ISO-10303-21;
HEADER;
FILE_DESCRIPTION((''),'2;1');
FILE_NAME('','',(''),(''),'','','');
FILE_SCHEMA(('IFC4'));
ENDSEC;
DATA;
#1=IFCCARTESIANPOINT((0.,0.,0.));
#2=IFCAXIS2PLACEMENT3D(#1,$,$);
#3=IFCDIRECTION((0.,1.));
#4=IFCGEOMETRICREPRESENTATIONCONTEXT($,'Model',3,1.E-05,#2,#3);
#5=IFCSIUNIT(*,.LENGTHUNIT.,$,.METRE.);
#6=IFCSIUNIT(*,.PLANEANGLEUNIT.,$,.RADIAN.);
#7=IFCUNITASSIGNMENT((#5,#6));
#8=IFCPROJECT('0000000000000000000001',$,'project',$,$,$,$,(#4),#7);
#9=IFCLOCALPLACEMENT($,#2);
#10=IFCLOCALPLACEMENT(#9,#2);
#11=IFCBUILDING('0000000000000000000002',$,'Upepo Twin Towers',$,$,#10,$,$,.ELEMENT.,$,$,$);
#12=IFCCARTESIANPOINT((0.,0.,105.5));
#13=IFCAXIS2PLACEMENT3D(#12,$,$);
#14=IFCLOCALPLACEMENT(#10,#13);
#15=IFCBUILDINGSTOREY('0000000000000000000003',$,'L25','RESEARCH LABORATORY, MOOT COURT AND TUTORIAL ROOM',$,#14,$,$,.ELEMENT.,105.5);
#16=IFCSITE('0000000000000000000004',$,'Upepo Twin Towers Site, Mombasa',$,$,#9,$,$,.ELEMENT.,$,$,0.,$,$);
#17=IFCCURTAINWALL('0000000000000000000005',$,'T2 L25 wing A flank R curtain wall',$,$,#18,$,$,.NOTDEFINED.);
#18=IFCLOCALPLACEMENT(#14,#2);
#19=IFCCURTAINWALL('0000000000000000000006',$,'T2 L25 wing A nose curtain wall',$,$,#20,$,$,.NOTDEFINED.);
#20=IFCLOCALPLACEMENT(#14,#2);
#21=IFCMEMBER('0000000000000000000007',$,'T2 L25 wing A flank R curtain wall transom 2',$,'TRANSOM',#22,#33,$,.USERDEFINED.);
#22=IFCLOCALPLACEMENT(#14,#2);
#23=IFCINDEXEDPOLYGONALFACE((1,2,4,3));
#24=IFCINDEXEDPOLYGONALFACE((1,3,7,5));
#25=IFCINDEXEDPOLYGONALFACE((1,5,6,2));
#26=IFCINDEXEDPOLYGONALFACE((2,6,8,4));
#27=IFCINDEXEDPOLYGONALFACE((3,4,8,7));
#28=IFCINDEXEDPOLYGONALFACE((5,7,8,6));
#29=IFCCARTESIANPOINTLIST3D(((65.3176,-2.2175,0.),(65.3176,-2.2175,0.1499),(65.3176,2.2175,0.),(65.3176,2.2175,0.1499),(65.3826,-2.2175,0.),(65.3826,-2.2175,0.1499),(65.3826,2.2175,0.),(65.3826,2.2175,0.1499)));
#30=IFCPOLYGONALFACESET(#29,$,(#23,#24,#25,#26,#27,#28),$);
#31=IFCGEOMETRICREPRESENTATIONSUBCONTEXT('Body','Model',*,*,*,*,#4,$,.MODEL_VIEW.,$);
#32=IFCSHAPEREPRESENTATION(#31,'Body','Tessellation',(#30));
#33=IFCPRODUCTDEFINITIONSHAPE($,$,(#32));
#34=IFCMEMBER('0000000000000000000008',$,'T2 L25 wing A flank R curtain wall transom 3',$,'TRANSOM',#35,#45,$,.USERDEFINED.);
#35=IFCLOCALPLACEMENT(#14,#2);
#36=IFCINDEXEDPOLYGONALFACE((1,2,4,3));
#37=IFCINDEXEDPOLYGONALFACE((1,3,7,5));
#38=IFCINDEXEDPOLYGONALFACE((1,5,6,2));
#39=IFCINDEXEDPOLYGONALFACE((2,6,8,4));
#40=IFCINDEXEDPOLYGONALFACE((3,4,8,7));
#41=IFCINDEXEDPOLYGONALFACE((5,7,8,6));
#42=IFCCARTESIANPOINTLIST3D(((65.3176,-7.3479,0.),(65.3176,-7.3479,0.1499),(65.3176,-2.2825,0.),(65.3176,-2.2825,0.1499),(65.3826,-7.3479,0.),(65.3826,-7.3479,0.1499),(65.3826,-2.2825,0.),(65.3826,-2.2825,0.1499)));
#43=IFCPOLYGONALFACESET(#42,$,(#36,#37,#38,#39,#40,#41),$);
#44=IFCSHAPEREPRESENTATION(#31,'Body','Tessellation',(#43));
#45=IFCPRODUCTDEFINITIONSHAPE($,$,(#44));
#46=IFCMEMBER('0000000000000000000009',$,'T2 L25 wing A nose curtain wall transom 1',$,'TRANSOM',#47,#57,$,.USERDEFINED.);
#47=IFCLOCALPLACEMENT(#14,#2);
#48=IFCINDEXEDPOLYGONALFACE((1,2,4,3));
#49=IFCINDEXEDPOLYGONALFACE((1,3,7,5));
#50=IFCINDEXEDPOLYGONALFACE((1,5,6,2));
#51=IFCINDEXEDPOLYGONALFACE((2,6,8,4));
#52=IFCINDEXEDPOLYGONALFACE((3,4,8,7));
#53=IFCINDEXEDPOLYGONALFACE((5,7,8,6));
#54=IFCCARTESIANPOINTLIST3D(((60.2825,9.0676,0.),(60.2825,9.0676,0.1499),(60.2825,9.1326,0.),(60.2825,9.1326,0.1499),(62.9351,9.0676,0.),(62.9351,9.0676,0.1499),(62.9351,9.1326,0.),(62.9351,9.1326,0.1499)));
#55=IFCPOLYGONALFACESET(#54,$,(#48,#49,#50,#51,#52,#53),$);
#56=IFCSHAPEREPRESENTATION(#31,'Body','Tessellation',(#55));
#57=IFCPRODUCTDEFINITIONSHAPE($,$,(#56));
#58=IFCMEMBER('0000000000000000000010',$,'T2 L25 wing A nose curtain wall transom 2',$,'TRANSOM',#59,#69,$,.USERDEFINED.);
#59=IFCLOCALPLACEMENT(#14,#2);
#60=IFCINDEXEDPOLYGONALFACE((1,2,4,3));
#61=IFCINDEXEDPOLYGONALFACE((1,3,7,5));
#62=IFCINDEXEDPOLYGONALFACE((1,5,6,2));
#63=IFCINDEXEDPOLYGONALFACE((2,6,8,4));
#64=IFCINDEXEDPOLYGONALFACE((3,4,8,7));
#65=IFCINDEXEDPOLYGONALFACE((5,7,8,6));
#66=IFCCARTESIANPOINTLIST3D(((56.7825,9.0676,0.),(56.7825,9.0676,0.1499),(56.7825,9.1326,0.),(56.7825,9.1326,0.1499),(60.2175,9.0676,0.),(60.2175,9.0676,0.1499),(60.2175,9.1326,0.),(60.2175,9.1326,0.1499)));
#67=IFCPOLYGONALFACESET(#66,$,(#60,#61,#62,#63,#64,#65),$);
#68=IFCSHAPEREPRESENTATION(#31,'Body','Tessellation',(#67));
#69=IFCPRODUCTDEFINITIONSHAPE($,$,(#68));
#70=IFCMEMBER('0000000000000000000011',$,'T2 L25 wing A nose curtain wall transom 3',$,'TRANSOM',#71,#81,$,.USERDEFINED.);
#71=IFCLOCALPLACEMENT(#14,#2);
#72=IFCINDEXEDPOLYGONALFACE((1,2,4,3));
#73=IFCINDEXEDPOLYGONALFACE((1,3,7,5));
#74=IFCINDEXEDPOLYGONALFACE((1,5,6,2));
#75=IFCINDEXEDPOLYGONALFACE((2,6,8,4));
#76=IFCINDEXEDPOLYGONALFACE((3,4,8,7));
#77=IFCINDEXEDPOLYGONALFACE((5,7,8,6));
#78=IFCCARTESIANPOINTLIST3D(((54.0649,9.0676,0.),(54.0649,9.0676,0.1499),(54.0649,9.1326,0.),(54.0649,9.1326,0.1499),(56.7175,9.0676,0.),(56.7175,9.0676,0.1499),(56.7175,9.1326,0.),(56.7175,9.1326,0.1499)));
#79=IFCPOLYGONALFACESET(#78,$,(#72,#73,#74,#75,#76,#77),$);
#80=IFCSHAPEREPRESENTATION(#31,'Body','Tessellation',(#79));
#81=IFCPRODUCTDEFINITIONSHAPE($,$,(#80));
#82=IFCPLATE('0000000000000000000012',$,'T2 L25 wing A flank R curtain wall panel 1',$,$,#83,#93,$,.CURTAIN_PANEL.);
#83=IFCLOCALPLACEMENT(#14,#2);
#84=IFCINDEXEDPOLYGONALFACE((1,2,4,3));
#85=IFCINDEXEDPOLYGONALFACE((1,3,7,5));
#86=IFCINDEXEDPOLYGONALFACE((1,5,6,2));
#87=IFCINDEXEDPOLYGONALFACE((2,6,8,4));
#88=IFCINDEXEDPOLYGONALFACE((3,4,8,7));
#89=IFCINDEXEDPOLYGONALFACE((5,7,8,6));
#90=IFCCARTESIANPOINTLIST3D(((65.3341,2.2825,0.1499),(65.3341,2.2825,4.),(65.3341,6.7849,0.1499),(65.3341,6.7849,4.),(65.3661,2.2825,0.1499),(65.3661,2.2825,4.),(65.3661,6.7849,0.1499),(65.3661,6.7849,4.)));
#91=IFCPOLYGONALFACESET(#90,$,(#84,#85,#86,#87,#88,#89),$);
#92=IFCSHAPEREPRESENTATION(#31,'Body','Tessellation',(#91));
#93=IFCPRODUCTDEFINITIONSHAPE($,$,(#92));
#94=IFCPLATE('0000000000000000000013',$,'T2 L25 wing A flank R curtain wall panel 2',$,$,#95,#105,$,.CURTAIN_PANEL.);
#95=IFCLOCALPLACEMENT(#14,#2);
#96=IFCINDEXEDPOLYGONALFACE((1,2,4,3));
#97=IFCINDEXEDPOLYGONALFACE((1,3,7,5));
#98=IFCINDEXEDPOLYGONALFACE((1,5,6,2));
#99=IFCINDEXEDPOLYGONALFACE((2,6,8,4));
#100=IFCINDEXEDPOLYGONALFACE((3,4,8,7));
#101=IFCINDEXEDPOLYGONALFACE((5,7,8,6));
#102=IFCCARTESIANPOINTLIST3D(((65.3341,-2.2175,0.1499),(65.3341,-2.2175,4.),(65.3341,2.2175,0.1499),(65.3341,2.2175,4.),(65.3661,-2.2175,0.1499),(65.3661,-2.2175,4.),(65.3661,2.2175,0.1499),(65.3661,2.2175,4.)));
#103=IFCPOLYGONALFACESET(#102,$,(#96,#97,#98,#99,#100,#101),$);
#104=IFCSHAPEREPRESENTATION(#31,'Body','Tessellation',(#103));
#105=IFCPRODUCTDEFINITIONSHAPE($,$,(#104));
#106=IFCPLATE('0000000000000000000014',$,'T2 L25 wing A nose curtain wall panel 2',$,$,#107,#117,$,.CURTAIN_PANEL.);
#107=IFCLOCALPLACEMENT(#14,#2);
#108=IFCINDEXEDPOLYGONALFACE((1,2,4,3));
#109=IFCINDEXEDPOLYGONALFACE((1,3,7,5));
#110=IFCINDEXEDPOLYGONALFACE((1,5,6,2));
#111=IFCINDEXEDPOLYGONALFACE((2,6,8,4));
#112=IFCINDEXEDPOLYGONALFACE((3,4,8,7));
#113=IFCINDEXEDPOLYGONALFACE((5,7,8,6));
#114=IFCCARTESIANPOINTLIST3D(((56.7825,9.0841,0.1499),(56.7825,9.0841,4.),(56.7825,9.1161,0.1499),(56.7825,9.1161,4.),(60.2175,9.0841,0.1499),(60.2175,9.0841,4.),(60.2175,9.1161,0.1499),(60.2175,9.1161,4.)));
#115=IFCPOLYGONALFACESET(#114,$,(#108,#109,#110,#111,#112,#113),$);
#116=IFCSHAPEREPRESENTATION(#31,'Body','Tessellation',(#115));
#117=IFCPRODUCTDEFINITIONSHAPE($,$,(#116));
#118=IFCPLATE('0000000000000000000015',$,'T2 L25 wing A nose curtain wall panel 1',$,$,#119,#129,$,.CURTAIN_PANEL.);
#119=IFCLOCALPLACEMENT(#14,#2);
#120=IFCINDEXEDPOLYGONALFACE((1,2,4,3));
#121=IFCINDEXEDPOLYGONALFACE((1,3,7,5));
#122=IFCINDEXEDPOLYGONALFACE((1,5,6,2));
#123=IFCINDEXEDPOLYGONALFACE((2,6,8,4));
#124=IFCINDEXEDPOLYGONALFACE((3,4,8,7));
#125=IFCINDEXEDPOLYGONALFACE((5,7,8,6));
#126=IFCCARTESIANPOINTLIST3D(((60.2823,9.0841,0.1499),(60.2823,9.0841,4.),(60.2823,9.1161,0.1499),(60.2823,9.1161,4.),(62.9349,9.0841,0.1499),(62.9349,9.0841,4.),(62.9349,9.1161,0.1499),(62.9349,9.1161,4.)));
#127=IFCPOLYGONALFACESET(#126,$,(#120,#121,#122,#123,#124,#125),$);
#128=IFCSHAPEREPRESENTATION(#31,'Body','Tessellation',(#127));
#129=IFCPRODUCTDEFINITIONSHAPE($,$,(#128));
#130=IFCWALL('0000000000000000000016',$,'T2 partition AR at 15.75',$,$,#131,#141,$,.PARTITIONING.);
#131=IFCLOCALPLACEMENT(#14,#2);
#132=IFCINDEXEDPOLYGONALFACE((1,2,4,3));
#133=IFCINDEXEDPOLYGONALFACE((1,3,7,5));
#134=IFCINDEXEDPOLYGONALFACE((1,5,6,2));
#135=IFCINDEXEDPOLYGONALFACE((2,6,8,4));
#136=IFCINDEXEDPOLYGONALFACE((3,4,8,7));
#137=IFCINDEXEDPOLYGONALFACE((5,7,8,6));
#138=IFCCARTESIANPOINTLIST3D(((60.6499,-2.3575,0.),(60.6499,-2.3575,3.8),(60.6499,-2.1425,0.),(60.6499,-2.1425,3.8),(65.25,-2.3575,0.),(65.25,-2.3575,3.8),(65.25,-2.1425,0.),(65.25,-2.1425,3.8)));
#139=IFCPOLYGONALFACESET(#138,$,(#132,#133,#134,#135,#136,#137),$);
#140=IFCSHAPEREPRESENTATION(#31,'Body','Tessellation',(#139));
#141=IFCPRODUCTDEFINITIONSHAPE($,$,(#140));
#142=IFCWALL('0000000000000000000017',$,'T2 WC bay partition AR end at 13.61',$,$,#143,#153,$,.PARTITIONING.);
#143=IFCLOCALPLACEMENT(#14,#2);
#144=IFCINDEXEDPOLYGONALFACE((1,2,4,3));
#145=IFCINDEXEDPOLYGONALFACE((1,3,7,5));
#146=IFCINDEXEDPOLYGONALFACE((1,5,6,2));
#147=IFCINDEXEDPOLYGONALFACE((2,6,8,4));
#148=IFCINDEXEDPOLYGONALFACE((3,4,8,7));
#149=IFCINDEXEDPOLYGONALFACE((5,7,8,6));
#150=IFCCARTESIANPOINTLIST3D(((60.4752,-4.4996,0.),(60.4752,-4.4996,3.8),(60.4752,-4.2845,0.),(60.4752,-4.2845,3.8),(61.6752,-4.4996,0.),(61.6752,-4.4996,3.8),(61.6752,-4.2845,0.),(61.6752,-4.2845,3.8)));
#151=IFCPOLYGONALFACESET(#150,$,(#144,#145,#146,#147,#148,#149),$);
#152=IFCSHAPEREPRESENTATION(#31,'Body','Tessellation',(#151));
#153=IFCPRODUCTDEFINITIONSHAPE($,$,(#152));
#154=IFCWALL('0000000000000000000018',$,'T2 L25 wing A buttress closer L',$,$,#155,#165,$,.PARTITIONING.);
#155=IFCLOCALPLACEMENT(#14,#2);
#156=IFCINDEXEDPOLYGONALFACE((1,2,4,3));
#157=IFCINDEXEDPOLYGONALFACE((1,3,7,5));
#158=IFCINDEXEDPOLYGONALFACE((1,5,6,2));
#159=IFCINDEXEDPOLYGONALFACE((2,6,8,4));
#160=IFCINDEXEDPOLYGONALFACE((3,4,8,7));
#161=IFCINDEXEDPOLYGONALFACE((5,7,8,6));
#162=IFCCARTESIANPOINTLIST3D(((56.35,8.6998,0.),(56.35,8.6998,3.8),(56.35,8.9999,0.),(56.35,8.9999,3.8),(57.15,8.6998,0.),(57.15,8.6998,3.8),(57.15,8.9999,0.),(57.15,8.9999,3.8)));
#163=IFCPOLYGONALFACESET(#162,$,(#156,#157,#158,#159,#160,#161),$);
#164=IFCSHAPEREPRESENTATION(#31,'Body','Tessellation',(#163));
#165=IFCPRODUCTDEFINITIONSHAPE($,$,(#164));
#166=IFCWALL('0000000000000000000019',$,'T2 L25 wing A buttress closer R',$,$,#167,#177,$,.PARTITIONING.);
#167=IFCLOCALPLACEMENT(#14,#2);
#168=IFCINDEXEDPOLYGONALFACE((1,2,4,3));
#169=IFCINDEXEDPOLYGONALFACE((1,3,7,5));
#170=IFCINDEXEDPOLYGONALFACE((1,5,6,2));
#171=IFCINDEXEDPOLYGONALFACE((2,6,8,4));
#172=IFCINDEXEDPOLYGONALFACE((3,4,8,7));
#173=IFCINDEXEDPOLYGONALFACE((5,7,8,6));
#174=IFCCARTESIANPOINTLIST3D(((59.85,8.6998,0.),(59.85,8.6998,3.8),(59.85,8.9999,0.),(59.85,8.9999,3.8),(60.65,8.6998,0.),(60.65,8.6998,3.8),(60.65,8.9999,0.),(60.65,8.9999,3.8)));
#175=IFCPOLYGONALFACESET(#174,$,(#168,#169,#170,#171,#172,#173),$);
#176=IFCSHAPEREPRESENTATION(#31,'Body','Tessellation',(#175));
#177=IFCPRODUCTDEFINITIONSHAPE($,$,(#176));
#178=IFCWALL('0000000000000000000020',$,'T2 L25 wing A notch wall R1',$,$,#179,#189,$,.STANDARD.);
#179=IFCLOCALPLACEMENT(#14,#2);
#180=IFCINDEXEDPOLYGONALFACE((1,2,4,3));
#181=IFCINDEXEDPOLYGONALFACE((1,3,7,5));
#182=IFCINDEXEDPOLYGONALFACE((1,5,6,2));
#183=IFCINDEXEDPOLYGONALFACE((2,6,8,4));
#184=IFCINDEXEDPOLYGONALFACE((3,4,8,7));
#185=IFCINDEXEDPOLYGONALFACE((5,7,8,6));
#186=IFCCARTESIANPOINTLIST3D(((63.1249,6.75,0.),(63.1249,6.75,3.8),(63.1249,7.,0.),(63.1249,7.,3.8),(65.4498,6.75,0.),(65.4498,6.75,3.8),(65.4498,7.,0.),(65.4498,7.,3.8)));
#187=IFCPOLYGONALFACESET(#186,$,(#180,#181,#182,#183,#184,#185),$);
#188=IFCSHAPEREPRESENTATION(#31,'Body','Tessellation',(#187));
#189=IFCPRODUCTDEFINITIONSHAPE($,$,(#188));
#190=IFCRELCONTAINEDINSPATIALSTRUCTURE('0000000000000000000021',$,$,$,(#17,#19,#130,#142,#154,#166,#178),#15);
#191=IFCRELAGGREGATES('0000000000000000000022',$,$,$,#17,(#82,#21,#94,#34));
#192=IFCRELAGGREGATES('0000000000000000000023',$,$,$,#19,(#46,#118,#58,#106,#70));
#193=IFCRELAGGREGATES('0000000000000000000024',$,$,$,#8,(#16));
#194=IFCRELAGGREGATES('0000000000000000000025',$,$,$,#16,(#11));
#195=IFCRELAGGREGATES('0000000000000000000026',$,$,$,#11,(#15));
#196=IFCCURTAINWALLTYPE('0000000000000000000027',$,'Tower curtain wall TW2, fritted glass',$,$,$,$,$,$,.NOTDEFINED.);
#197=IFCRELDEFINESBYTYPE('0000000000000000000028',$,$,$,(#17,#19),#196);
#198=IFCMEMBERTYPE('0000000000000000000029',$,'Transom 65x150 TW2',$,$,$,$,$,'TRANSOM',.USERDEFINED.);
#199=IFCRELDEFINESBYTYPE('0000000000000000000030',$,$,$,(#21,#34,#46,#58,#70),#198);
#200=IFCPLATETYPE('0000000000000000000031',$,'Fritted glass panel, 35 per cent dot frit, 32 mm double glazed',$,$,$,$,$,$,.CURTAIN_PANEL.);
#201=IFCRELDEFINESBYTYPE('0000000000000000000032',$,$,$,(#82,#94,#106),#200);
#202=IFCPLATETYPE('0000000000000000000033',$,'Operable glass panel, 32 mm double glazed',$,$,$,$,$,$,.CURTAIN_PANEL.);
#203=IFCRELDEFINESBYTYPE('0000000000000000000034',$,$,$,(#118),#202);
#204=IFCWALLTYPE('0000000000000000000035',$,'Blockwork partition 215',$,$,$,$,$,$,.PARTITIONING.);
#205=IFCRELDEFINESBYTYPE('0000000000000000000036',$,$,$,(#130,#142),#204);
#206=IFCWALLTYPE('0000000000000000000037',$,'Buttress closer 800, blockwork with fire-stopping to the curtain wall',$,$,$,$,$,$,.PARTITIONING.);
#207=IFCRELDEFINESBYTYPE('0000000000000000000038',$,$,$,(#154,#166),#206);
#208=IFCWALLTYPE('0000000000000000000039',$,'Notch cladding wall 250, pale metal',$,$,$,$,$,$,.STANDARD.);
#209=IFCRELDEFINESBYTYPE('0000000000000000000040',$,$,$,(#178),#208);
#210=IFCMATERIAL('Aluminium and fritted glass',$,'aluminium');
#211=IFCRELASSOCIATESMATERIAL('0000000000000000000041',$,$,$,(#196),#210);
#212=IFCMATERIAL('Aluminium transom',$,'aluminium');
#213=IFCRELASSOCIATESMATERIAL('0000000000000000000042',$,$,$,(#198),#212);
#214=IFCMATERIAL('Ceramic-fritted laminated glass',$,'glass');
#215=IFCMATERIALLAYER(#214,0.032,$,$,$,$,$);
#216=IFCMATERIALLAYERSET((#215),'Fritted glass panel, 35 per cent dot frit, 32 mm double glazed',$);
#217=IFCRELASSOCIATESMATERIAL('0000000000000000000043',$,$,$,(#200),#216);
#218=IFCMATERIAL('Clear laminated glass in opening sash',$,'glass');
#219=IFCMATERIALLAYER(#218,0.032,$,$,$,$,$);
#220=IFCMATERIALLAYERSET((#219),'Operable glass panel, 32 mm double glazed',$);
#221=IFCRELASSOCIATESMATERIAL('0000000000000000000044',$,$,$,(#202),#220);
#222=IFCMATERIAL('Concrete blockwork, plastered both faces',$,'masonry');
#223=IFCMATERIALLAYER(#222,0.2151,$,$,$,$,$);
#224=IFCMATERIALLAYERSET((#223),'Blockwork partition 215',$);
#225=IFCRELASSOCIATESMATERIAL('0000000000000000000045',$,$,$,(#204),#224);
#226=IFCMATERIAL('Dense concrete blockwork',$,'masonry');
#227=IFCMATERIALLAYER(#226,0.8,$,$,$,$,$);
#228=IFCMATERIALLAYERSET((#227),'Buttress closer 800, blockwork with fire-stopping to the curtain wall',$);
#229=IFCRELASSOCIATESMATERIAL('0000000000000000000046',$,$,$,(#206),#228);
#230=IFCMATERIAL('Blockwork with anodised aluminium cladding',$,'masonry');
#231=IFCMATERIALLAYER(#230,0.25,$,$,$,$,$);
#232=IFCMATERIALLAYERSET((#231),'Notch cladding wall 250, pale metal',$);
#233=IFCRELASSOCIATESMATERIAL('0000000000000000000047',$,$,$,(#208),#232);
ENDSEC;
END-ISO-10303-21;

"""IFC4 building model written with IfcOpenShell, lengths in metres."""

from ifc_helpers import new_model, si_unit, direction, frame, frame_2d, origin, origin_2d, place, context, subcontext, project, spatial, rectangle, extrude, material, layer, layer_set, material_profile, profile_set, type_object, element, aggregate, save


model = new_model("IFC4")

# Units and contexts
model_context = context("Model", 3, precision=1e-05, world=origin(), true_north=direction((0.0, 1.0)))
body_context = subcontext(model_context, "Body", "Model", "MODEL_VIEW")
ifc_project = project(units=[si_unit("LENGTHUNIT", "METRE"), si_unit("PLANEANGLEUNIT", "RADIAN")], contexts=[model_context])

# Site, building, storey
site_placement = place(None, origin())
site = spatial("IfcSite", under=ifc_project, at=site_placement, Name="Upepo Twin Towers Site, Mombasa", CompositionType="ELEMENT", RefElevation=0.0)
building_placement = place(site_placement, origin())
building = spatial("IfcBuilding", under=site, at=building_placement, Name="Upepo Twin Towers", CompositionType="ELEMENT")
storey_placement = place(building_placement, frame((0.0, 0.0, 105.5)))
storey = spatial("IfcBuildingStorey", under=building, at=storey_placement, Name="L25", Description="RESEARCH LABORATORY, MOOT COURT AND TUTORIAL ROOM", CompositionType="ELEMENT", Elevation=105.5)

# Curtain walls
ifc_material_1 = material(Name="Aluminium and fritted glass", Category="aluminium")
curtain_wall_type = type_object("IfcCurtainWallType", Name="Tower curtain wall TW2, fritted glass", PredefinedType="NOTDEFINED", material=ifc_material_1)
curtain_wall_1_placement = place(storey_placement, origin())
curtain_wall_1 = element("IfcCurtainWall", 1, at=curtain_wall_1_placement, inside=storey, type_object=curtain_wall_type, Name="T2 L25 wing A flank R curtain wall", PredefinedType="NOTDEFINED")
curtain_wall_2_placement = place(storey_placement, origin())
curtain_wall_2 = element("IfcCurtainWall", 2, at=curtain_wall_2_placement, inside=storey, type_object=curtain_wall_type, Name="T2 L25 wing A nose curtain wall", PredefinedType="NOTDEFINED")

# Members
ifc_material_2 = material(Name="Aluminium transom", Category="aluminium")
ifc_material_profile_1 = material_profile(ifc_material_2, rectangle(XDim=0.0649, YDim=0.1499, at=origin_2d()), Name="TRANSOM 65x150")
ifc_profile_set_1 = profile_set([ifc_material_profile_1], Name="Aluminium transom")
member_type_1 = type_object("IfcMemberType", Name="Transom 65x150 TW2", ElementType="TRANSOM", PredefinedType="USERDEFINED", material=ifc_profile_set_1)
member_1_placement = place(storey_placement, frame((65.3501, 2.2175, 0.075), z_axis=(0.0, -1.0, 0.0), x_axis=(1.0, 0.0, 0.0)))
member_1 = element("IfcMember", 3, at=member_1_placement, type_object=member_type_1, Name="T2 L25 wing A flank R curtain wall transom 2", ObjectType="TRANSOM", PredefinedType="USERDEFINED", context=body_context, shape_type="SweptSolid", body=[
    extrude(rectangle(XDim=0.0649, YDim=0.1499, at=origin_2d()), origin(), (0.0, 0.0, 1.0), 4.4351),
])
member_2_placement = place(storey_placement, frame((65.3501, -2.2825, 0.075), z_axis=(0.0, -1.0, 0.0), x_axis=(1.0, 0.0, 0.0)))
member_2 = element("IfcMember", 4, at=member_2_placement, type_object=member_type_1, Name="T2 L25 wing A flank R curtain wall transom 3", ObjectType="TRANSOM", PredefinedType="USERDEFINED", context=body_context, shape_type="SweptSolid", body=[
    extrude(rectangle(XDim=0.0649, YDim=0.1499, at=origin_2d()), origin(), (0.0, 0.0, 1.0), 5.0654),
])
member_3_placement = place(storey_placement, frame((62.9351, 9.1001, 0.075), z_axis=(-1.0, 0.0, 0.0), x_axis=(0.0, -1.0, 0.0)))
member_3 = element("IfcMember", 5, at=member_3_placement, type_object=member_type_1, Name="T2 L25 wing A nose curtain wall transom 1", ObjectType="TRANSOM", PredefinedType="USERDEFINED", context=body_context, shape_type="SweptSolid", body=[
    extrude(rectangle(XDim=0.0649, YDim=0.1499, at=origin_2d()), origin(), (0.0, 0.0, 1.0), 2.6526),
])
member_4_placement = place(storey_placement, frame((60.2175, 9.1001, 0.075), z_axis=(-1.0, 0.0, 0.0), x_axis=(0.0, -1.0, 0.0)))
member_4 = element("IfcMember", 6, at=member_4_placement, type_object=member_type_1, Name="T2 L25 wing A nose curtain wall transom 2", ObjectType="TRANSOM", PredefinedType="USERDEFINED", context=body_context, shape_type="SweptSolid", body=[
    extrude(rectangle(XDim=0.0649, YDim=0.1499, at=origin_2d()), origin(), (0.0, 0.0, 1.0), 3.4351),
])
member_5_placement = place(storey_placement, frame((56.7175, 9.1001, 0.075), z_axis=(-1.0, 0.0, 0.0), x_axis=(0.0, -1.0, 0.0)))
member_5 = element("IfcMember", 7, at=member_5_placement, type_object=member_type_1, Name="T2 L25 wing A nose curtain wall transom 3", ObjectType="TRANSOM", PredefinedType="USERDEFINED", context=body_context, shape_type="SweptSolid", body=[
    extrude(rectangle(XDim=0.0649, YDim=0.1499, at=origin_2d()), origin(), (0.0, 0.0, 1.0), 2.6526),
])

# Plates
ifc_material_3 = material(Name="Ceramic-fritted laminated glass", Category="glass")
ifc_layer_1 = layer(ifc_material_3, 0.032)
ifc_layer_set_1 = layer_set([ifc_layer_1], Name="Fritted glass panel, 35 per cent dot frit, 32 mm double glazed")
plate_type_1 = type_object("IfcPlateType", Name="Fritted glass panel, 35 per cent dot frit, 32 mm double glazed", PredefinedType="CURTAIN_PANEL", material=ifc_layer_set_1)
plate_1_placement = place(storey_placement, frame((65.3501, 4.5337, 0.1499), z_axis=(0.0, 0.0, 1.0), x_axis=(0.0, -1.0, 0.0)))
plate_1 = element("IfcPlate", 8, at=plate_1_placement, type_object=plate_type_1, Name="T2 L25 wing A flank R curtain wall panel 1", PredefinedType="CURTAIN_PANEL", context=body_context, shape_type="SweptSolid", body=[
    extrude(rectangle(XDim=4.5024, YDim=0.032, at=origin_2d()), origin(), (0.0, 0.0, 1.0), 3.8501),
])
plate_2_placement = place(storey_placement, frame((65.3501, 0.0, 0.1499), z_axis=(0.0, 0.0, 1.0), x_axis=(0.0, -1.0, 0.0)))
plate_2 = element("IfcPlate", 9, at=plate_2_placement, type_object=plate_type_1, Name="T2 L25 wing A flank R curtain wall panel 2", PredefinedType="CURTAIN_PANEL", context=body_context, shape_type="SweptSolid", body=[
    extrude(rectangle(XDim=4.4351, YDim=0.032, at=origin_2d()), origin(), (0.0, 0.0, 1.0), 3.8501),
])
aggregate(curtain_wall_1, [plate_1, member_1, plate_2, member_2])
plate_3_placement = place(storey_placement, frame((58.5, 9.1001, 0.1499), z_axis=(0.0, 0.0, 1.0), x_axis=(-1.0, 0.0, 0.0)))
plate_3 = element("IfcPlate", 10, at=plate_3_placement, type_object=plate_type_1, Name="T2 L25 wing A nose curtain wall panel 2", PredefinedType="CURTAIN_PANEL", context=body_context, shape_type="SweptSolid", body=[
    extrude(rectangle(XDim=3.4351, YDim=0.032, at=origin_2d()), origin(), (0.0, 0.0, 1.0), 3.8501),
])
ifc_material_4 = material(Name="Clear laminated glass in opening sash", Category="glass")
ifc_layer_2 = layer(ifc_material_4, 0.032)
ifc_layer_set_2 = layer_set([ifc_layer_2], Name="Operable glass panel, 32 mm double glazed")
plate_type_2 = type_object("IfcPlateType", Name="Operable glass panel, 32 mm double glazed", PredefinedType="CURTAIN_PANEL", material=ifc_layer_set_2)
plate_4_placement = place(storey_placement, frame((61.6086, 9.1001, 0.1499), z_axis=(0.0, 0.0, 1.0), x_axis=(-1.0, 0.0, 0.0)))
plate_4 = element("IfcPlate", 11, at=plate_4_placement, type_object=plate_type_2, Name="T2 L25 wing A nose curtain wall panel 1", PredefinedType="CURTAIN_PANEL", context=body_context, shape_type="SweptSolid", body=[
    extrude(rectangle(XDim=2.6526, YDim=0.032, at=origin_2d()), origin(), (0.0, 0.0, 1.0), 3.8501),
])
aggregate(curtain_wall_2, [member_3, plate_4, member_4, plate_3, member_5])

# Walls
ifc_material_5 = material(Name="Concrete blockwork, plastered both faces", Category="masonry")
ifc_layer_3 = layer(ifc_material_5, 0.2151)
ifc_layer_set_3 = layer_set([ifc_layer_3], Name="Blockwork partition 215")
wall_type_1 = type_object("IfcWallType", Name="Blockwork partition 215", PredefinedType="PARTITIONING", material=ifc_layer_set_3)
wall_1_placement = place(storey_placement, frame((60.6499, -2.25, 0.0), z_axis=(0.0, 0.0, 1.0), x_axis=(1.0, 0.0, 0.0)))
element("IfcWall", 12, at=wall_1_placement, inside=storey, type_object=wall_type_1, Name="T2 partition AR at 15.75", PredefinedType="PARTITIONING", context=body_context, shape_type="SweptSolid", body=[
    extrude(rectangle(XDim=4.6001, YDim=0.2151, at=frame_2d((2.3, 0.0))), origin(), (0.0, 0.0, 1.0), 3.8),
])
wall_2_placement = place(storey_placement, frame((60.4751, -4.3921, 0.0), z_axis=(0.0, 0.0, 1.0), x_axis=(1.0, 0.0, 0.0)))
element("IfcWall", 13, at=wall_2_placement, inside=storey, type_object=wall_type_1, Name="T2 WC bay partition AR end at 13.61", PredefinedType="PARTITIONING", context=body_context, shape_type="SweptSolid", body=[
    extrude(rectangle(XDim=1.2, YDim=0.2151, at=frame_2d((0.6001, 0.0))), origin(), (0.0, 0.0, 1.0), 3.8),
])
ifc_material_6 = material(Name="Dense concrete blockwork", Category="masonry")
ifc_layer_4 = layer(ifc_material_6, 0.8)
ifc_layer_set_4 = layer_set([ifc_layer_4], Name="Buttress closer 800, blockwork with fire-stopping to the curtain wall")
wall_type_2 = type_object("IfcWallType", Name="Buttress closer 800, blockwork with fire-stopping to the curtain wall", PredefinedType="PARTITIONING", material=ifc_layer_set_4)
for number, where, z_axis, x_axis, name in (
    (14, (56.75, 8.7, 0.0), (0.0, 0.0, 1.0), (0.0, 1.0, 0.0), "T2 L25 wing A buttress closer L"),
    (15, (60.25, 8.7, 0.0), (0.0, 0.0, 1.0), (0.0, 1.0, 0.0), "T2 L25 wing A buttress closer R"),
):
    element("IfcWall", number, at=place(storey_placement, frame(where, z_axis=z_axis, x_axis=x_axis)), inside=storey, type_object=wall_type_2, Name=name, PredefinedType="PARTITIONING", context=body_context, shape_type="SweptSolid", body=[
        extrude(rectangle(XDim=0.3, YDim=0.8, at=frame_2d((0.1499, 0.0))), origin(), (0.0, 0.0, 1.0), 3.8),
    ])
ifc_material_7 = material(Name="Blockwork with anodised aluminium cladding", Category="masonry")
ifc_layer_5 = layer(ifc_material_7, 0.25)
ifc_layer_set_5 = layer_set([ifc_layer_5], Name="Notch cladding wall 250, pale metal")
wall_type_3 = type_object("IfcWallType", Name="Notch cladding wall 250, pale metal", PredefinedType="STANDARD", material=ifc_layer_set_5)
for number, where, z_axis, x_axis, name in (
    (16, (65.45, 6.875, 0.0), (0.0, 0.0, 1.0), (-1.0, 0.0, 0.0), "T2 L25 wing A notch wall R1"),
):
    element("IfcWall", number, at=place(storey_placement, frame(where, z_axis=z_axis, x_axis=x_axis)), inside=storey, type_object=wall_type_3, Name=name, PredefinedType="STANDARD", context=body_context, shape_type="SweptSolid", body=[
        extrude(rectangle(XDim=2.325, YDim=0.25, at=frame_2d((1.1626, 0.0))), origin(), (0.0, 0.0, 1.0), 3.8),
    ])

save(model, "model.ifc")
